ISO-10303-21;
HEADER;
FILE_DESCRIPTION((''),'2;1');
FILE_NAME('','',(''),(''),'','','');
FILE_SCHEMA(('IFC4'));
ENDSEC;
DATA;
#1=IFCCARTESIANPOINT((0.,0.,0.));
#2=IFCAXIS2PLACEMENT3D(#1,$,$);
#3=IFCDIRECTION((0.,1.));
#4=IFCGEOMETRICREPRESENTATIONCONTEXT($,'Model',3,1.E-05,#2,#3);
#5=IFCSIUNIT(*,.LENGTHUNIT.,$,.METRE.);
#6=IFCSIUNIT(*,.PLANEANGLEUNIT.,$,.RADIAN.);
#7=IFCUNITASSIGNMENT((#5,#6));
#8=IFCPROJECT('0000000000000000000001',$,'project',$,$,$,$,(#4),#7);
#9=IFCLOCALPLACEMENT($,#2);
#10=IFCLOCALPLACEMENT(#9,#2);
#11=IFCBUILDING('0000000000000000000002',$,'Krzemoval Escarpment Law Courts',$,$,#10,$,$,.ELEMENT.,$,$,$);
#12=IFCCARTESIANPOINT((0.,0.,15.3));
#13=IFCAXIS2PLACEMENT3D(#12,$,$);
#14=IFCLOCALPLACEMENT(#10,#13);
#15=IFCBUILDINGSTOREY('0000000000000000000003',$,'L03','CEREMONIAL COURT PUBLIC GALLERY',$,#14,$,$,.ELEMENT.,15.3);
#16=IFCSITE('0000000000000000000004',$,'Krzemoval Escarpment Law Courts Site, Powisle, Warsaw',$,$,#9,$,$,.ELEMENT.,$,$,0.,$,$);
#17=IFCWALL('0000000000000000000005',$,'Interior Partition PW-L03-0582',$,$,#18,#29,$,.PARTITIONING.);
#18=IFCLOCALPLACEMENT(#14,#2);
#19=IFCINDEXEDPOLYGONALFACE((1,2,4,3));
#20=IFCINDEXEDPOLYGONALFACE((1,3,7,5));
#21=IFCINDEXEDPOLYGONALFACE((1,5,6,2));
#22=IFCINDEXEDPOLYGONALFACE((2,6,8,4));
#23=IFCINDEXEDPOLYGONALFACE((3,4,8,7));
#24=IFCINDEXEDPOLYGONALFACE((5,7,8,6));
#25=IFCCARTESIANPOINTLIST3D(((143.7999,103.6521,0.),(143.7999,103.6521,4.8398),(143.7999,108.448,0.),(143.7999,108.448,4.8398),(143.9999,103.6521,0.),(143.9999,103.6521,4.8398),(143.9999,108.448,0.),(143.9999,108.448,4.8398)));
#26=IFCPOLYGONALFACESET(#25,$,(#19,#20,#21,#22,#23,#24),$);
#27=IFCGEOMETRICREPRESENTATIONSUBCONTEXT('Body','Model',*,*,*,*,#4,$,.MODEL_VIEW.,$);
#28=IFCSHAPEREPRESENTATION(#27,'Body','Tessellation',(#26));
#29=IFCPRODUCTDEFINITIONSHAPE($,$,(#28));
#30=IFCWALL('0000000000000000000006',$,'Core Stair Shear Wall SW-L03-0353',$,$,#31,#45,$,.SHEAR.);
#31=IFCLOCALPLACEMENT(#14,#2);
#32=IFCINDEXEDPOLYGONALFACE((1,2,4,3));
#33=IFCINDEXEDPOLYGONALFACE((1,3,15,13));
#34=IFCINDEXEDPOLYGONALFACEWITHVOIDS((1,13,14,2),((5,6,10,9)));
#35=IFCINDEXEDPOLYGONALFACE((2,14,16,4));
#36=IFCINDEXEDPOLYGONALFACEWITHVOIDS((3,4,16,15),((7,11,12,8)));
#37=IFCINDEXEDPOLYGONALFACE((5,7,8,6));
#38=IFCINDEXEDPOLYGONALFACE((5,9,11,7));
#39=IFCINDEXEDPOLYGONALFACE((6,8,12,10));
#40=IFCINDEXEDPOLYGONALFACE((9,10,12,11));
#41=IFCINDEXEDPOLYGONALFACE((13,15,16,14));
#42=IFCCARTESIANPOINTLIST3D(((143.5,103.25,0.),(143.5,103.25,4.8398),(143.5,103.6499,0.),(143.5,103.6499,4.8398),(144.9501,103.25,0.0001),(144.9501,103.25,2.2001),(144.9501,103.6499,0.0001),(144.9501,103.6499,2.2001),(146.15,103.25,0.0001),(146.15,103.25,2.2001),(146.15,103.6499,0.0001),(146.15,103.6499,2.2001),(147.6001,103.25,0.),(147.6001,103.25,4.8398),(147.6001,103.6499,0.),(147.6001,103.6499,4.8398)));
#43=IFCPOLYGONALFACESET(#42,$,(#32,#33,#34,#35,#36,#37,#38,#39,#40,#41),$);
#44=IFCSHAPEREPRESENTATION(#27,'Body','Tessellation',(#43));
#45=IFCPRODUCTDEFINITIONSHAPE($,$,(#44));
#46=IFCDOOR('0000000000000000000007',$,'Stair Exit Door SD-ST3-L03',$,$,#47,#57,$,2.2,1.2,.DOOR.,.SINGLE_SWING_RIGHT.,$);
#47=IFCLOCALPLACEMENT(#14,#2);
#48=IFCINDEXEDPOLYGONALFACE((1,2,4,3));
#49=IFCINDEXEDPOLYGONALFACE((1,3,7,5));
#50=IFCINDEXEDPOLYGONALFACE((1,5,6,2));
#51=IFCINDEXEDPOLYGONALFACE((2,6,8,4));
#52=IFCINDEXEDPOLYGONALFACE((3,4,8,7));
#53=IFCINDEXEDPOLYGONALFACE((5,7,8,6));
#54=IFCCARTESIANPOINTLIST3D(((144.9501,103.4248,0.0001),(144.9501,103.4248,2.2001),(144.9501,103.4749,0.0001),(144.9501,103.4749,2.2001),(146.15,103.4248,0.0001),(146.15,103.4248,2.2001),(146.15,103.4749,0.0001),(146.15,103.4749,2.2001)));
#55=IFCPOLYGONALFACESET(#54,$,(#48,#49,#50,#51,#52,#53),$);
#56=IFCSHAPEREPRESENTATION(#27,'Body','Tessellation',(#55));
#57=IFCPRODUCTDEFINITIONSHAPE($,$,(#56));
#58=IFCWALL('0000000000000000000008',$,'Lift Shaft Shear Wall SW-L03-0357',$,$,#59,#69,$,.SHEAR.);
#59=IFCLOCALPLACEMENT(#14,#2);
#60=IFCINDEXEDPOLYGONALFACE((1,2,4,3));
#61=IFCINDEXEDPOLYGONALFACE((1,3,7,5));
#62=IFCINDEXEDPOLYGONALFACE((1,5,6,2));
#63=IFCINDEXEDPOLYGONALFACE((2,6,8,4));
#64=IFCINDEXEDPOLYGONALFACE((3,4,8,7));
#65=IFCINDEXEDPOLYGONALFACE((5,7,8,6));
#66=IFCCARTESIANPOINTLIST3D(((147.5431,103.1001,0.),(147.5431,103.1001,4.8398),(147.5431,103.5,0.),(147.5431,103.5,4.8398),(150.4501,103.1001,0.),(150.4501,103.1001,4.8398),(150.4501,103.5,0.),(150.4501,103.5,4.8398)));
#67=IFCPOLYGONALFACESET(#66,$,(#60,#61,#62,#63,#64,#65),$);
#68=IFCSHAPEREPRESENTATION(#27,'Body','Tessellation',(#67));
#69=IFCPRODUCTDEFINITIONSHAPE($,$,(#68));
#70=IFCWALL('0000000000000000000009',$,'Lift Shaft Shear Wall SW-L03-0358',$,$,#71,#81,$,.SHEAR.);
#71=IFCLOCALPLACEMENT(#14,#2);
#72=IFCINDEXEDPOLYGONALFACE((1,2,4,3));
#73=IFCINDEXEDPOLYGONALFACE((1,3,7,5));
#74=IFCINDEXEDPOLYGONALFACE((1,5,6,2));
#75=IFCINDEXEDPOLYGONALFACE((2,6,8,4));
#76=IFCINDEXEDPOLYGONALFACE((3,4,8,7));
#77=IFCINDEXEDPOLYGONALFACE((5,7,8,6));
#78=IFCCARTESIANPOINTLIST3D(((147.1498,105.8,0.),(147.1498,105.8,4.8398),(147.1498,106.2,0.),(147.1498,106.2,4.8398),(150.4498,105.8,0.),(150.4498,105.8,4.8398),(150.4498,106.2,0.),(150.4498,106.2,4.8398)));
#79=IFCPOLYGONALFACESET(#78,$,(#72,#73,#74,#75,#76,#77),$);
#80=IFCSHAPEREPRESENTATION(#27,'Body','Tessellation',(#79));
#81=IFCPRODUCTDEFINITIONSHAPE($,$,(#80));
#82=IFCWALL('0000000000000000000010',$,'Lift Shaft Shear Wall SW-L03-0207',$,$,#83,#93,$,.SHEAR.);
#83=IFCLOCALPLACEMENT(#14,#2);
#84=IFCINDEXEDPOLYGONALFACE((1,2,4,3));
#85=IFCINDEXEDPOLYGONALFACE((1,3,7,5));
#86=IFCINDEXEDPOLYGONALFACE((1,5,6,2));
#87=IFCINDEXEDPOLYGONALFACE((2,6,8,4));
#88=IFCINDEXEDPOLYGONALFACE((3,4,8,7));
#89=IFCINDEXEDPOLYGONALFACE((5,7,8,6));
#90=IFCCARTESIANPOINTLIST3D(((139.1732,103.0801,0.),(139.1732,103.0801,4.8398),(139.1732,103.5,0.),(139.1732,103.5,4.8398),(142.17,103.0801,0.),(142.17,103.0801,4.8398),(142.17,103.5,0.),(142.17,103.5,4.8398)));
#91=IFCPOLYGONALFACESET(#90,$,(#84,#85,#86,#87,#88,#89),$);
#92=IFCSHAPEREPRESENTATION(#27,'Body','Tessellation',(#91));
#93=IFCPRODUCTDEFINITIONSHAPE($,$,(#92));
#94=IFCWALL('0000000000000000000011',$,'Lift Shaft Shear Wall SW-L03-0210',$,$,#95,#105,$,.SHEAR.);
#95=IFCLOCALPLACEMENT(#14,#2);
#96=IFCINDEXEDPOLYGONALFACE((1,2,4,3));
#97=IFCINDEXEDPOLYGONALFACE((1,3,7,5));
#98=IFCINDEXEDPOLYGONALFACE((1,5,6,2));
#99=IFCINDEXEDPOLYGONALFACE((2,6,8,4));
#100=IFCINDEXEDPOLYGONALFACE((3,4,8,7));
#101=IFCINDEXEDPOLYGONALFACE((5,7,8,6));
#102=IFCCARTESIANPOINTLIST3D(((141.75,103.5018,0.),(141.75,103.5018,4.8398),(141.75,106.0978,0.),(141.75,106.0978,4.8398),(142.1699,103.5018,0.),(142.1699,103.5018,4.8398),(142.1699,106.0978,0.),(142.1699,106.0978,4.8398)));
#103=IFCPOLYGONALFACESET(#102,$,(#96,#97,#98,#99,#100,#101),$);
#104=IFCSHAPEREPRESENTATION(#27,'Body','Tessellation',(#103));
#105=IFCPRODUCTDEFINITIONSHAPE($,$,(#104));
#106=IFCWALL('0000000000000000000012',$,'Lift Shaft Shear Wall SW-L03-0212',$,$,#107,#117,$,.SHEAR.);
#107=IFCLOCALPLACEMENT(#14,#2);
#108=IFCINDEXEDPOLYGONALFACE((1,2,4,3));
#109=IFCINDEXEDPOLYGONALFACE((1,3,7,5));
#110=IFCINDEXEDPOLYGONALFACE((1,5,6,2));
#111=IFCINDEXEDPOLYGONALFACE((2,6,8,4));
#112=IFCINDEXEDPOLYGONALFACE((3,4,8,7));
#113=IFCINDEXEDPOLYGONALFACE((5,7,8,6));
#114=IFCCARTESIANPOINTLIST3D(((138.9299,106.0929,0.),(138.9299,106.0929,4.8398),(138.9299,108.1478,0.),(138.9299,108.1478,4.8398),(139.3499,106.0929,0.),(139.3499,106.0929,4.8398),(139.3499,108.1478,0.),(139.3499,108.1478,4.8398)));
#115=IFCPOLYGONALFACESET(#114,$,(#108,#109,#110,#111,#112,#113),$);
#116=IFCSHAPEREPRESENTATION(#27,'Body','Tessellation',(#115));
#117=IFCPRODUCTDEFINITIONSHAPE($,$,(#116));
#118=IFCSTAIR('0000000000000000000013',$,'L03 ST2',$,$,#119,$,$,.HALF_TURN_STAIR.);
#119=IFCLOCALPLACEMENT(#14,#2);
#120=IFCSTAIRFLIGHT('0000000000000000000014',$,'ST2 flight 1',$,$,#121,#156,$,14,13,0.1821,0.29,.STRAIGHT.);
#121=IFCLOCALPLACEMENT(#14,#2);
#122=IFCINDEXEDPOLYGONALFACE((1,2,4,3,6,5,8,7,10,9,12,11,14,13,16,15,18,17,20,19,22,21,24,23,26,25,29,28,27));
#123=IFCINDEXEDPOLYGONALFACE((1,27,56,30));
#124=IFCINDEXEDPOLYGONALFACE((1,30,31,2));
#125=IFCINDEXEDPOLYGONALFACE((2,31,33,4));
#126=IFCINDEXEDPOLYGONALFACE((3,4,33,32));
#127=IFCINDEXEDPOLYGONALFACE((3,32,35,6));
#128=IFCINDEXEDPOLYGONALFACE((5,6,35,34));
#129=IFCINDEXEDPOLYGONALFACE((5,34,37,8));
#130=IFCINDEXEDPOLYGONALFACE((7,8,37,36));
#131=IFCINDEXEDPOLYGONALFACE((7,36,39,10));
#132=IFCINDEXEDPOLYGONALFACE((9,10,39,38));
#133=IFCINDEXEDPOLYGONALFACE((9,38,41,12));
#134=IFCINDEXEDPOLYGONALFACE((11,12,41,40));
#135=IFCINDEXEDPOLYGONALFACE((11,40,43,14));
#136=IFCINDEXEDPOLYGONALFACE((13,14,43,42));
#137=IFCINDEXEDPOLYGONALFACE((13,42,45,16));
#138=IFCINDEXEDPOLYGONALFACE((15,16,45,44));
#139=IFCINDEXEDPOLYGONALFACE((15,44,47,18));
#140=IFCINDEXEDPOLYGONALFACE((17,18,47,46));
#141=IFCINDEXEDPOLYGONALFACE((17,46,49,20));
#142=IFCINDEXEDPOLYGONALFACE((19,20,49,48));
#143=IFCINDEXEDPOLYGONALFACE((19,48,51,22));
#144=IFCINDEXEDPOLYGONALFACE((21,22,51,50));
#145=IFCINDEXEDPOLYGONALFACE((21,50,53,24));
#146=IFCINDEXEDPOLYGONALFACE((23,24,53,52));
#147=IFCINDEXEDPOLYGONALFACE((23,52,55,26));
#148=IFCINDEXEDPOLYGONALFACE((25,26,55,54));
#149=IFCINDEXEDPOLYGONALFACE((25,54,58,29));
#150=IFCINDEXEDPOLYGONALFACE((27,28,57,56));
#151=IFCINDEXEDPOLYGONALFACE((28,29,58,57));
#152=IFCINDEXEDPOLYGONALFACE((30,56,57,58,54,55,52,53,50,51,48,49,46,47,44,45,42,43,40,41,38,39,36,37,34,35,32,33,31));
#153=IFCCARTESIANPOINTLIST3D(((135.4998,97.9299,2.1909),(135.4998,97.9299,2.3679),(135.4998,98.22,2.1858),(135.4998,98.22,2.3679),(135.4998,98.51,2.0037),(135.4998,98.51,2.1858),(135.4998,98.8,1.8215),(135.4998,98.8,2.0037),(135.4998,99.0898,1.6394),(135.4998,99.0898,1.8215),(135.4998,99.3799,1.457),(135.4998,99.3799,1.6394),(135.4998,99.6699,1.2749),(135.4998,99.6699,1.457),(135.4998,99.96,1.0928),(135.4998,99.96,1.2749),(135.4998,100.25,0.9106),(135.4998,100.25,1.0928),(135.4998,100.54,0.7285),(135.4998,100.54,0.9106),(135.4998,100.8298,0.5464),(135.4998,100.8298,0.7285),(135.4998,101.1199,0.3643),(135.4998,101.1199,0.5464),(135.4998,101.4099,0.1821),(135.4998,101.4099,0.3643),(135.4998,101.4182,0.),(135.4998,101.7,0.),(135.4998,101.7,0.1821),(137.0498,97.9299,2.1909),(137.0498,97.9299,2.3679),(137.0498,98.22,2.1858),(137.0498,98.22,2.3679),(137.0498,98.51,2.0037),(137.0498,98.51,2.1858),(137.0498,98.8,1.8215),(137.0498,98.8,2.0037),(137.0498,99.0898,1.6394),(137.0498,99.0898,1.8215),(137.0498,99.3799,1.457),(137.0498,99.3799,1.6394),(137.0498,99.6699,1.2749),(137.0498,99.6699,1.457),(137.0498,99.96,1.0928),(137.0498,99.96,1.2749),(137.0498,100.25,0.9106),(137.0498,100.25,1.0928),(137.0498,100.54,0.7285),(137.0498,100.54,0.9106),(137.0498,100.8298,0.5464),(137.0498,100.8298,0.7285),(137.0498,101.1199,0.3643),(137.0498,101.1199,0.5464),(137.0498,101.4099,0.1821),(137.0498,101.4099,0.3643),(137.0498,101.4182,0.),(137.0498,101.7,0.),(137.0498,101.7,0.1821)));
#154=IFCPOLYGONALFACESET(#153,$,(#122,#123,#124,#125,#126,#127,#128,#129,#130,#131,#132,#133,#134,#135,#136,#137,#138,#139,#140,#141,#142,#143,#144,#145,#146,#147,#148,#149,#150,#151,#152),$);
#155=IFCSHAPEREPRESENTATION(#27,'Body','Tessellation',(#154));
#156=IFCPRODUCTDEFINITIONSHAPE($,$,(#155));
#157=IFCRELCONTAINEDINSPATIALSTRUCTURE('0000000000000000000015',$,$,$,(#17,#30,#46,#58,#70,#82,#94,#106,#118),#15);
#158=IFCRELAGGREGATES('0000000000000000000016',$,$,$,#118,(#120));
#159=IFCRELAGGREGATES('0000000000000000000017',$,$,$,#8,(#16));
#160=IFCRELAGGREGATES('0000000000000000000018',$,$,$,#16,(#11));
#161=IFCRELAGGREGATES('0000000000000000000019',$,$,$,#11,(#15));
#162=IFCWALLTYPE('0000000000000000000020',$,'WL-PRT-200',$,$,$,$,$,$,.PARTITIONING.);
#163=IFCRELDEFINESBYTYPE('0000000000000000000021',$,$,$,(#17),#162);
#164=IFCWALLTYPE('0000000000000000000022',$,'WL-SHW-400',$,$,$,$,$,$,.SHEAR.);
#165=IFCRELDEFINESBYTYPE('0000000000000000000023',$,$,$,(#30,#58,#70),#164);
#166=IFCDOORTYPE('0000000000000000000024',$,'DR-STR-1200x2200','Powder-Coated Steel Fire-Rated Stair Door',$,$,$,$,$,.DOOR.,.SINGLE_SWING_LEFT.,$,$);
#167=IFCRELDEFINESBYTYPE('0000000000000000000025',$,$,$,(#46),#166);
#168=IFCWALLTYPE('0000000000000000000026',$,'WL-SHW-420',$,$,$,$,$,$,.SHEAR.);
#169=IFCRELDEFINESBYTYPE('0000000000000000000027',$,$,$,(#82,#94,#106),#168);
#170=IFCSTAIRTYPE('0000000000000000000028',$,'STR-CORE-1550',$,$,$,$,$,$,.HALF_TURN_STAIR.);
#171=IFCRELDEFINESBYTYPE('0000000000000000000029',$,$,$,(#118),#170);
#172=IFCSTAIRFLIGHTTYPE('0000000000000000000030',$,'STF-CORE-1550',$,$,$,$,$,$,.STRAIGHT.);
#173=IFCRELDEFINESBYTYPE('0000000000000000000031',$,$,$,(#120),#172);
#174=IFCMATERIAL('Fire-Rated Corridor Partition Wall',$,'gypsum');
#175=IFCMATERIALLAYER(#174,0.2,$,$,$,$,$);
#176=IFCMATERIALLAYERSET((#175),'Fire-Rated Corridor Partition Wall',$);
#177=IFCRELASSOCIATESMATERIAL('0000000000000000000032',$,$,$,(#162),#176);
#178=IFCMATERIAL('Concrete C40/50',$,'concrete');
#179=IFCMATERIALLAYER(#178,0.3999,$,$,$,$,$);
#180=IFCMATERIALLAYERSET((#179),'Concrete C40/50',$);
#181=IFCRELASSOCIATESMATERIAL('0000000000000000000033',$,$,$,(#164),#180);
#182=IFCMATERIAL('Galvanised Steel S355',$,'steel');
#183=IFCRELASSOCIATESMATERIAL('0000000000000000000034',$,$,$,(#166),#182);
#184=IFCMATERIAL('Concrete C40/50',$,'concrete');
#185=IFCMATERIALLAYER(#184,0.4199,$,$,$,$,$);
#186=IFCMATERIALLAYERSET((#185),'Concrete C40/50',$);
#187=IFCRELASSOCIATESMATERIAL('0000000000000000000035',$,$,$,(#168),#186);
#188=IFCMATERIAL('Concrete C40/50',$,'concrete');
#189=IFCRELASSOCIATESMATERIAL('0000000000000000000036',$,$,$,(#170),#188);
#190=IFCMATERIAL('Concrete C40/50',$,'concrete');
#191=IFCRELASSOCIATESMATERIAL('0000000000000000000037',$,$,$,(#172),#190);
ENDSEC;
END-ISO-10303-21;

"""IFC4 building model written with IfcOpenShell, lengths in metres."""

from ifc_helpers import new_model, si_unit, direction, frame, frame_2d, origin, place, context, subcontext, project, spatial, polyline, rectangle, outline, extrude, material, layer, layer_set, type_object, element, fill, aggregate, save


model = new_model("IFC4")

# Units and contexts
model_context = context("Model", 3, precision=1e-05, world=origin(), true_north=direction((0.0, 1.0)))
body_context = subcontext(model_context, "Body", "Model", "MODEL_VIEW")
ifc_project = project(units=[si_unit("LENGTHUNIT", "METRE"), si_unit("PLANEANGLEUNIT", "RADIAN")], contexts=[model_context])

# Site, building, storey
site_placement = place(None, origin())
site = spatial("IfcSite", under=ifc_project, at=site_placement, Name="Krzemoval Escarpment Law Courts Site, Powisle, Warsaw", CompositionType="ELEMENT", RefElevation=0.0)
building_placement = place(site_placement, origin())
building = spatial("IfcBuilding", under=site, at=building_placement, Name="Krzemoval Escarpment Law Courts", CompositionType="ELEMENT")
storey_placement = place(building_placement, frame((0.0, 0.0, 15.3)))
storey = spatial("IfcBuildingStorey", under=building, at=storey_placement, Name="L03", Description="CEREMONIAL COURT PUBLIC GALLERY", CompositionType="ELEMENT", Elevation=15.3)

# Wall
ifc_material_1 = material(Name="Fire-Rated Corridor Partition Wall", Category="gypsum")
ifc_layer_1 = layer(ifc_material_1, 0.2)
ifc_layer_set_1 = layer_set([ifc_layer_1], Name="Fire-Rated Corridor Partition Wall")
wall_type_1 = type_object("IfcWallType", Name="WL-PRT-200", PredefinedType="PARTITIONING", material=ifc_layer_set_1)
wall_1_placement = place(storey_placement, frame((143.8999, 103.6521, 0.0), z_axis=(0.0, 0.0, 1.0), x_axis=(0.0, 1.0, 0.0)))
element("IfcWall", 1, at=wall_1_placement, inside=storey, type_object=wall_type_1, Name="Interior Partition PW-L03-0582", PredefinedType="PARTITIONING", context=body_context, shape_type="SweptSolid", body=[
    extrude(rectangle(XDim=4.7959, YDim=0.2, at=frame_2d((2.3979, 0.0))), origin(), (0.0, 0.0, 1.0), 4.8398),
])

# Wall, opening, door
ifc_material_2 = material(Name="Concrete C40/50", Category="concrete")
ifc_layer_2 = layer(ifc_material_2, 0.3999)
ifc_layer_set_2 = layer_set([ifc_layer_2], Name="Concrete C40/50")
wall_type_2 = type_object("IfcWallType", Name="WL-SHW-400", PredefinedType="SHEAR", material=ifc_layer_set_2)
wall_2_placement = place(storey_placement, frame((143.5, 103.45, 0.0), z_axis=(0.0, 0.0, 1.0), x_axis=(1.0, 0.0, 0.0)))
wall_2 = element("IfcWall", 2, at=wall_2_placement, inside=storey, type_object=wall_type_2, Name="Core Stair Shear Wall SW-L03-0353", PredefinedType="SHEAR", context=body_context, shape_type="SweptSolid", body=[
    extrude(rectangle(XDim=4.1001, YDim=0.3999, at=frame_2d((2.05, 0.0))), origin(), (0.0, 0.0, 1.0), 4.8398),
])
opening_1_placement = place(wall_2_placement, frame((1.45, 0.0, 0.0)))
opening_1 = element("IfcOpeningElement", 3, at=opening_1_placement, cuts=wall_2, PredefinedType="OPENING", context=body_context, shape_type="SweptSolid", body=[
    extrude(rectangle(XDim=1.2, YDim=2.2, at=frame_2d((0.6001, 1.1001))), frame((0.0, 0.215, 0.0), z_axis=(0.0, -1.0, 0.0), x_axis=(1.0, 0.0, 0.0)), (0.0, 0.0, 1.0), 0.4299),
])
ifc_material_3 = material(Name="Galvanised Steel S355", Category="steel")
door_type_1 = type_object("IfcDoorType", Name="DR-STR-1200x2200", Description="Powder-Coated Steel Fire-Rated Stair Door", OperationType="SINGLE_SWING_LEFT", PredefinedType="DOOR", material=ifc_material_3)
door_1_placement = place(opening_1_placement, origin())
door_1 = element("IfcDoor", 4, at=door_1_placement, inside=storey, type_object=door_type_1, Name="Stair Exit Door SD-ST3-L03", OperationType="SINGLE_SWING_RIGHT", OverallHeight=2.2, OverallWidth=1.2, PredefinedType="DOOR", context=body_context, shape_type="SweptSolid", body=[
    extrude(rectangle(XDim=1.2, YDim=2.2, at=frame_2d((0.6001, 1.1001))), frame((0.0, 0.0249, 0.0), z_axis=(0.0, -1.0, 0.0), x_axis=(1.0, 0.0, 0.0)), (0.0, 0.0, 1.0), 0.05),
])
fill(opening_1, door_1)

# Walls
wall_3_placement = place(storey_placement, frame((147.543, 103.3, 0.0), z_axis=(0.0, 0.0, 1.0), x_axis=(1.0, 0.0, 0.0)))
element("IfcWall", 5, at=wall_3_placement, inside=storey, type_object=wall_type_2, Name="Lift Shaft Shear Wall SW-L03-0357", PredefinedType="SHEAR", context=body_context, shape_type="SweptSolid", body=[
    extrude(rectangle(XDim=2.907, YDim=0.3999, at=frame_2d((1.4536, 0.0))), origin(), (0.0, 0.0, 1.0), 4.8398),
])
wall_4_placement = place(storey_placement, frame((147.1499, 106.0, 0.0), z_axis=(0.0, 0.0, 1.0), x_axis=(1.0, 0.0, 0.0)))
element("IfcWall", 6, at=wall_4_placement, inside=storey, type_object=wall_type_2, Name="Lift Shaft Shear Wall SW-L03-0358", PredefinedType="SHEAR", context=body_context, shape_type="SweptSolid", body=[
    extrude(rectangle(XDim=3.3, YDim=0.3999, at=frame_2d((1.6499, 0.0))), origin(), (0.0, 0.0, 1.0), 4.8398),
])

# Wall
ifc_material_4 = material(Name="Concrete C40/50", Category="concrete")
ifc_layer_3 = layer(ifc_material_4, 0.4199)
ifc_layer_set_3 = layer_set([ifc_layer_3], Name="Concrete C40/50")
wall_type_3 = type_object("IfcWallType", Name="WL-SHW-420", PredefinedType="SHEAR", material=ifc_layer_set_3)
wall_5_placement = place(storey_placement, frame((139.1731, 103.29, 0.0), z_axis=(0.0, 0.0, 1.0), x_axis=(1.0, 0.0, 0.0)))
element("IfcWall", 7, at=wall_5_placement, inside=storey, type_object=wall_type_3, Name="Lift Shaft Shear Wall SW-L03-0207", PredefinedType="SHEAR", context=body_context, shape_type="SweptSolid", body=[
    extrude(rectangle(XDim=2.9968, YDim=0.4199, at=frame_2d((1.4985, 0.0))), origin(), (0.0, 0.0, 1.0), 4.8398),
])

# Walls
wall_6_placement = place(storey_placement, frame((141.96, 103.502, 0.0), z_axis=(0.0, 0.0, 1.0), x_axis=(0.0, 1.0, 0.0)))
element("IfcWall", 8, at=wall_6_placement, inside=storey, type_object=wall_type_3, Name="Lift Shaft Shear Wall SW-L03-0210", PredefinedType="SHEAR", context=body_context, shape_type="SweptSolid", body=[
    extrude(rectangle(XDim=2.5959, YDim=0.4199, at=frame_2d((1.2979, 0.0))), origin(), (0.0, 0.0, 1.0), 4.8398),
])
wall_7_placement = place(storey_placement, frame((139.1399, 106.093, 0.0), z_axis=(0.0, 0.0, 1.0), x_axis=(0.0, 1.0, 0.0)))
element("IfcWall", 9, at=wall_7_placement, inside=storey, type_object=wall_type_3, Name="Lift Shaft Shear Wall SW-L03-0212", PredefinedType="SHEAR", context=body_context, shape_type="SweptSolid", body=[
    extrude(rectangle(XDim=2.0549, YDim=0.4199, at=frame_2d((1.0273, 0.0))), origin(), (0.0, 0.0, 1.0), 4.8398),
])

# Stair, stair flight
ifc_material_5 = material(Name="Concrete C40/50", Category="concrete")
stair_type = type_object("IfcStairType", Name="STR-CORE-1550", PredefinedType="HALF_TURN_STAIR", material=ifc_material_5)
stair_1_placement = place(storey_placement, origin())
stair_1 = element("IfcStair", 10, at=stair_1_placement, inside=storey, type_object=stair_type, Name="L03 ST2", PredefinedType="HALF_TURN_STAIR")
ifc_material_6 = material(Name="Concrete C40/50", Category="concrete")
stair_flight_type = type_object("IfcStairFlightType", Name="STF-CORE-1550", PredefinedType="STRAIGHT", material=ifc_material_6)
stair_flight_1_placement = place(storey_placement, frame((136.2749, 101.7, 0.0), z_axis=(0.0, 0.0, 1.0), x_axis=(0.0, -1.0, 0.0)))
stair_flight_1 = element("IfcStairFlight", 11, at=stair_flight_1_placement, type_object=stair_flight_type, Name="ST2 flight 1", NumberOfRisers=14, NumberOfTreads=13, PredefinedType="STRAIGHT", RiserHeight=0.1821, TreadLength=0.29, context=body_context, shape_type="SweptSolid", body=[
    extrude(outline(polyline([(0.0, 0.0), (0.0, 0.1821), (0.29, 0.1821), (0.29, 0.3643), (0.5801, 0.3643), (0.5801, 0.5464), (0.8701, 0.5464), (0.8701, 0.7285), (1.1599, 0.7285), (1.1599, 0.9106), (1.45, 0.9106), (1.45, 1.0928), (1.74, 1.0928), (1.74, 1.2749), (2.03, 1.2749), (2.03, 1.457), (2.3201, 1.457), (2.3201, 1.6394), (2.6101, 1.6394), (2.6101, 1.8215), (2.8999, 1.8215), (2.8999, 2.0037), (3.1899, 2.0037), (3.1899, 2.1858), (3.48, 2.1858), (3.48, 2.3679), (3.77, 2.3679), (3.77, 2.55), (3.77, 2.1909), (0.2817, 0.0), (0.0, 0.0)])), frame((0.0, 0.7749, 0.0), z_axis=(0.0, -1.0, 0.0), x_axis=(1.0, 0.0, 0.0)), (0.0, 0.0, 1.0), 1.55),
])
aggregate(stair_1, [stair_flight_1])

save(model, "model.ifc")
